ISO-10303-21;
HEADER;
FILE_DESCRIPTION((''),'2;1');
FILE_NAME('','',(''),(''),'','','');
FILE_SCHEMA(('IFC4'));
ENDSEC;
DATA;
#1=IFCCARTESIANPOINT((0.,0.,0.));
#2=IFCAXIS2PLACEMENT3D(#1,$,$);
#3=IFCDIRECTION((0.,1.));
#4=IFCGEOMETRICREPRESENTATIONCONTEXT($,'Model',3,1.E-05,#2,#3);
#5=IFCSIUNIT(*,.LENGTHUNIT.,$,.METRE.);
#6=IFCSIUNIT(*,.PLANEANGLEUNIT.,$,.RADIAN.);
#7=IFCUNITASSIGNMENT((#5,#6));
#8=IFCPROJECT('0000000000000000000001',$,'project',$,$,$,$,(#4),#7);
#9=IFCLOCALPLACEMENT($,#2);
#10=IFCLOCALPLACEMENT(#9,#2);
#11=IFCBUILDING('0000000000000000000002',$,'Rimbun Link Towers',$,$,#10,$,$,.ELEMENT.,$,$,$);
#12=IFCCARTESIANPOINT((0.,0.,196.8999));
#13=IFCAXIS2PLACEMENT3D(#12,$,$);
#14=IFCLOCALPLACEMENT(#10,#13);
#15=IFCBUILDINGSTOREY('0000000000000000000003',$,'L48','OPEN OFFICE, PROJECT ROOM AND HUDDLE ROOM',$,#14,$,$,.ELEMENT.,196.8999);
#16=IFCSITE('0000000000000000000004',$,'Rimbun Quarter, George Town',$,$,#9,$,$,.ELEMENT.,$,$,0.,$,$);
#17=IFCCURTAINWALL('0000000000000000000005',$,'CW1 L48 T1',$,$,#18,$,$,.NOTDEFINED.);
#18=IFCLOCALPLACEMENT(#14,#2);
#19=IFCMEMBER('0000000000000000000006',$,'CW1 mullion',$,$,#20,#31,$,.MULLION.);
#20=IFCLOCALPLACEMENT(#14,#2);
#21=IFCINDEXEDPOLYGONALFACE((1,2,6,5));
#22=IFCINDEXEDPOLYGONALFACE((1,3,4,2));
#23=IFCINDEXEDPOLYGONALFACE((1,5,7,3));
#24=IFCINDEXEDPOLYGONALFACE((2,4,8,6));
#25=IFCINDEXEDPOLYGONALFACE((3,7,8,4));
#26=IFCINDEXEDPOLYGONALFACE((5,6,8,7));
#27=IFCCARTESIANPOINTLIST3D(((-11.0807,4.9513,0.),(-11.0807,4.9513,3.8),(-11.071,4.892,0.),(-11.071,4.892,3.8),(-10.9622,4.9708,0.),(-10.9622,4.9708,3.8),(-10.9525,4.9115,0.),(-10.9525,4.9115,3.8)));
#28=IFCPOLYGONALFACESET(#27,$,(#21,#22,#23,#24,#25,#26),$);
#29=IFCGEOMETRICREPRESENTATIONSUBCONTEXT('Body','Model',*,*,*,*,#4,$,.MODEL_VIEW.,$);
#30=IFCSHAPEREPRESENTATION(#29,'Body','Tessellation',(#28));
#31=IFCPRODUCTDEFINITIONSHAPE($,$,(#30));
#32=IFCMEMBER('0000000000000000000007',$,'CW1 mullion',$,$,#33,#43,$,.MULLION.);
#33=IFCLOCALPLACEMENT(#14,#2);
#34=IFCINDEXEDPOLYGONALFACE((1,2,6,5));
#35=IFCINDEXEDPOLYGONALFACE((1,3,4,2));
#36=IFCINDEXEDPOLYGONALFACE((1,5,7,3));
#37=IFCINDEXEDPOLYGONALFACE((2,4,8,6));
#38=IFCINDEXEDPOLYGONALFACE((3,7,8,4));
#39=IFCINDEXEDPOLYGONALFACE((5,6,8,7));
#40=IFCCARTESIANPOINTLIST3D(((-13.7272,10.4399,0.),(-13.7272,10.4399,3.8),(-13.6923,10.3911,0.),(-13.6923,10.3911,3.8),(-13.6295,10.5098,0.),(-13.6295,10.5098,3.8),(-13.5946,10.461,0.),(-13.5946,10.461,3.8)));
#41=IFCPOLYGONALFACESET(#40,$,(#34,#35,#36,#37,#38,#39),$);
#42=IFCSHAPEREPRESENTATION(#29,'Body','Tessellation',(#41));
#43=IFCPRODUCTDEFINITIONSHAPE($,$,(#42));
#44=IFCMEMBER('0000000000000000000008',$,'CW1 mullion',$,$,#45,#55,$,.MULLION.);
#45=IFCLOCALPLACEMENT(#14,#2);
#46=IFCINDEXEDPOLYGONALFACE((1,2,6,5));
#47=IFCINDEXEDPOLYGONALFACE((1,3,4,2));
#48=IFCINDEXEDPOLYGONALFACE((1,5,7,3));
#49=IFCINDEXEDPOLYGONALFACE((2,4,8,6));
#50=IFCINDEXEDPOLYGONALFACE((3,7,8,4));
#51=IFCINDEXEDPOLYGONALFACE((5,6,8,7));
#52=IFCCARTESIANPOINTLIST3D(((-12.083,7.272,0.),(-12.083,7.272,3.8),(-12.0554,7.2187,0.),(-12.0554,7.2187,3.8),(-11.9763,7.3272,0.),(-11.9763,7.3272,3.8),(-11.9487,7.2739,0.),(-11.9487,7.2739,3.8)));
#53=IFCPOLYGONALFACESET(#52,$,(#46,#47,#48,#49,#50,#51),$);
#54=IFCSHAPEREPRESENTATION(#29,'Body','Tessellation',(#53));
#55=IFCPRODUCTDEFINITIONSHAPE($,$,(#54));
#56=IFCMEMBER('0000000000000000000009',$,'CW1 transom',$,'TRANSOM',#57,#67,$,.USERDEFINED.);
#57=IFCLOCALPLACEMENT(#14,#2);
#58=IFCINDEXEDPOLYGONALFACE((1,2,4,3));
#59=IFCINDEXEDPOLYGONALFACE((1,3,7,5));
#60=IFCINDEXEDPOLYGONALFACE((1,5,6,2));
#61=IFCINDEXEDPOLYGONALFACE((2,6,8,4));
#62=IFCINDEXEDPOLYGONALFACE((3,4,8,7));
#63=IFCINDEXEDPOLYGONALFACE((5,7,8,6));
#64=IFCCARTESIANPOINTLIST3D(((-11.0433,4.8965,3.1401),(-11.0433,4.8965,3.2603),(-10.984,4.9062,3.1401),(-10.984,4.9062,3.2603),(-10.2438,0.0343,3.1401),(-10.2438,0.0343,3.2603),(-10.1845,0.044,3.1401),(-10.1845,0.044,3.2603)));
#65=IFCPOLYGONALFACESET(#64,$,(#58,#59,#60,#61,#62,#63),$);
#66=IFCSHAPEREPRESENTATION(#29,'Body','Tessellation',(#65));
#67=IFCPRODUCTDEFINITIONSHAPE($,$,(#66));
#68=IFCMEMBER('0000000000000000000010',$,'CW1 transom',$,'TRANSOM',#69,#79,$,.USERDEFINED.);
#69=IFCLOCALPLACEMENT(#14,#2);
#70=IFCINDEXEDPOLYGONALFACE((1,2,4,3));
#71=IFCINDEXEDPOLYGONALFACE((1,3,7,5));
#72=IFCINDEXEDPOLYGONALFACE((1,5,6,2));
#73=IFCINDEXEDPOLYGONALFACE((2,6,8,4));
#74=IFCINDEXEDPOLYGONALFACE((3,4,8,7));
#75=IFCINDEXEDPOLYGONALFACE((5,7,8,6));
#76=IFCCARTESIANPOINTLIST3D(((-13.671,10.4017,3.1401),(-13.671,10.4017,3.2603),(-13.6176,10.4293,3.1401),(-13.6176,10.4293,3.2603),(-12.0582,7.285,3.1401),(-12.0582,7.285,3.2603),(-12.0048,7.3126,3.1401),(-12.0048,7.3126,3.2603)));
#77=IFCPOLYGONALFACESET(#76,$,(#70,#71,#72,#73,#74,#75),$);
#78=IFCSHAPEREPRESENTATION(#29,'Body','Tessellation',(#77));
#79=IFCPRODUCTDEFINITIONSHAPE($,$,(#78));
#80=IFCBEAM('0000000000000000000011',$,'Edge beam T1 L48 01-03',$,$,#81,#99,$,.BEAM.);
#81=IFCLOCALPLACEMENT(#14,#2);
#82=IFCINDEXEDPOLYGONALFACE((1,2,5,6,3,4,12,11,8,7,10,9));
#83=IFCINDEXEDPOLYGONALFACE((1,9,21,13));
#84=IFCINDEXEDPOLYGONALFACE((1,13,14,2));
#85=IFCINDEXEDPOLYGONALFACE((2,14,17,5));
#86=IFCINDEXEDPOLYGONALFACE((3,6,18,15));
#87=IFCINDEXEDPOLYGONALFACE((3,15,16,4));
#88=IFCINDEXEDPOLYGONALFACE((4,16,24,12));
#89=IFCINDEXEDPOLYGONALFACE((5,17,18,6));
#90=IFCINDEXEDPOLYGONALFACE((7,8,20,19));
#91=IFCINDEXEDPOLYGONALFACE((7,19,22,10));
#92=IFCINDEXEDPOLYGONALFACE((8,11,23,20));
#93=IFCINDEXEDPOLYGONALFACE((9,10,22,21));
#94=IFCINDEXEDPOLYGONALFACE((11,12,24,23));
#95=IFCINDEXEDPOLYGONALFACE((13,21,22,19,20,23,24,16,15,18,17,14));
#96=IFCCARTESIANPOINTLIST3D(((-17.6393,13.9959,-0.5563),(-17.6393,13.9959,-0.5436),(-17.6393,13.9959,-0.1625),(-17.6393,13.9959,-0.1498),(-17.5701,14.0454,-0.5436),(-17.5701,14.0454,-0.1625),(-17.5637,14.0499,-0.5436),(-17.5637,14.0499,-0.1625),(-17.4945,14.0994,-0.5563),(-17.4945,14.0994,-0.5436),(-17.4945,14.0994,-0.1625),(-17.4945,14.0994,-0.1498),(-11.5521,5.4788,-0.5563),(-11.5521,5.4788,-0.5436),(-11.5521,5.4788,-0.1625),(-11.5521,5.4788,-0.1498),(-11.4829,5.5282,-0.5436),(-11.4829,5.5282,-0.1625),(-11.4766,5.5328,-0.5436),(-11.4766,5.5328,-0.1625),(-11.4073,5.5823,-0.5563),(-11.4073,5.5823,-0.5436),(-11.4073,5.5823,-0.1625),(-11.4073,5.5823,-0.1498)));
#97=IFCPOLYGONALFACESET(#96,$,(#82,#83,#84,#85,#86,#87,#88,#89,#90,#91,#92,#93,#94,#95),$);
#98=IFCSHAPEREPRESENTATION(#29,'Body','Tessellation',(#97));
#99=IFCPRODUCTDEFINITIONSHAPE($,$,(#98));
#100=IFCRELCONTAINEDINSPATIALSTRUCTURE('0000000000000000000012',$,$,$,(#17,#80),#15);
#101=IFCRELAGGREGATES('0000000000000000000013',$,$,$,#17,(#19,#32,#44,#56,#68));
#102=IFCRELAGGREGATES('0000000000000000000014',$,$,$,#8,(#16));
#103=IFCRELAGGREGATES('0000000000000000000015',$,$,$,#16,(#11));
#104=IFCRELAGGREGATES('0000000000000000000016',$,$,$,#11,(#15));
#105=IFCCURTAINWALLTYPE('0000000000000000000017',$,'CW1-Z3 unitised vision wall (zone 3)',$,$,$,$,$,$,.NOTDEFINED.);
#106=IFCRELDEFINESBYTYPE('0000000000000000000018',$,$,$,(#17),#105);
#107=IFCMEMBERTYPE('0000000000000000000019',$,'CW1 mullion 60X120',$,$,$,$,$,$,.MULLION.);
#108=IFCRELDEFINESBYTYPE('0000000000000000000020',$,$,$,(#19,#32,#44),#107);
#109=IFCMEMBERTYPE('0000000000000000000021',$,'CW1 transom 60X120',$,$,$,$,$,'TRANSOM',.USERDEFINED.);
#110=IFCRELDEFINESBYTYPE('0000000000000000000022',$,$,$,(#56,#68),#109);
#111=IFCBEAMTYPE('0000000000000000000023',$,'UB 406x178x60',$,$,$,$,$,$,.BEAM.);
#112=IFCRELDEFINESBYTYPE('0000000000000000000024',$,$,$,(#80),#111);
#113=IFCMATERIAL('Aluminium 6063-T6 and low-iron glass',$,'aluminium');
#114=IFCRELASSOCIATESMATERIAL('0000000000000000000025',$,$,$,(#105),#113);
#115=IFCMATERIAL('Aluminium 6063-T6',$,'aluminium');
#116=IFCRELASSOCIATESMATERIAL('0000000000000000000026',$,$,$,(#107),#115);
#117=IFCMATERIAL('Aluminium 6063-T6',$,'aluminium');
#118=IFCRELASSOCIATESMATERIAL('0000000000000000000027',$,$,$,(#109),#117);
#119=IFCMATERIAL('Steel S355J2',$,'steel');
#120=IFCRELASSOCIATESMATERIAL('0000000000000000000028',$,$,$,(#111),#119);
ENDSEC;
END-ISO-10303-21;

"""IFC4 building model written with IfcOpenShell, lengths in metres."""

from ifc_helpers import new_model, si_unit, direction, frame, origin, origin_2d, place, context, subcontext, project, spatial, rectangle, i_section, extrude, material, material_profile, profile_set, type_object, element, aggregate, save


model = new_model("IFC4")

# Units and contexts
model_context = context("Model", 3, precision=1e-05, world=origin(), true_north=direction((0.0, 1.0)))
body_context = subcontext(model_context, "Body", "Model", "MODEL_VIEW")
ifc_project = project(units=[si_unit("LENGTHUNIT", "METRE"), si_unit("PLANEANGLEUNIT", "RADIAN")], contexts=[model_context])

# Site, building, storey
site_placement = place(None, origin())
site = spatial("IfcSite", under=ifc_project, at=site_placement, Name="Rimbun Quarter, George Town", CompositionType="ELEMENT", RefElevation=0.0)
building_placement = place(site_placement, origin())
building = spatial("IfcBuilding", under=site, at=building_placement, Name="Rimbun Link Towers", CompositionType="ELEMENT")
storey_placement = place(building_placement, frame((0.0, 0.0, 196.8999)))
storey = spatial("IfcBuildingStorey", under=building, at=storey_placement, Name="L48", Description="OPEN OFFICE, PROJECT ROOM AND HUDDLE ROOM", CompositionType="ELEMENT", Elevation=196.8999)

# Curtain wall, members
ifc_material_1 = material(Name="Aluminium 6063-T6 and low-iron glass", Category="aluminium")
curtain_wall_type = type_object("IfcCurtainWallType", Name="CW1-Z3 unitised vision wall (zone 3)", PredefinedType="NOTDEFINED", material=ifc_material_1)
curtain_wall_placement = place(storey_placement, origin())
curtain_wall = element("IfcCurtainWall", 1, at=curtain_wall_placement, inside=storey, type_object=curtain_wall_type, Name="CW1 L48 T1", PredefinedType="NOTDEFINED")
ifc_material_2 = material(Name="Aluminium 6063-T6", Category="aluminium")
ifc_material_profile_1 = material_profile(ifc_material_2, rectangle(XDim=0.1201, YDim=0.0601, at=origin_2d()), Name="MULLION 60X120")
ifc_profile_set_1 = profile_set([ifc_material_profile_1], Name="Aluminium 6063-T6")
member_type_1 = type_object("IfcMemberType", Name="CW1 mullion 60X120", PredefinedType="MULLION", material=ifc_profile_set_1)
member_1_placement = place(storey_placement, frame((-11.0166, 4.9314, 0.0), z_axis=(0.0, 0.0, 1.0), x_axis=(0.98675, 0.162251, 0.0)))
member_1 = element("IfcMember", 2, at=member_1_placement, type_object=member_type_1, Name="CW1 mullion", PredefinedType="MULLION", context=body_context, shape_type="SweptSolid", body=[
    extrude(rectangle(XDim=0.1201, YDim=0.0601, at=origin_2d()), origin(), (0.0, 0.0, 1.0), 3.8),
])
member_2_placement = place(storey_placement, frame((-13.6609, 10.4504, 0.0), z_axis=(0.0, 0.0, 1.0), x_axis=(0.813351, 0.581774, 0.0)))
member_2 = element("IfcMember", 3, at=member_2_placement, type_object=member_type_1, Name="CW1 mullion", PredefinedType="MULLION", context=body_context, shape_type="SweptSolid", body=[
    extrude(rectangle(XDim=0.1201, YDim=0.0601, at=origin_2d()), origin(), (0.0, 0.0, 1.0), 3.8),
])
member_3_placement = place(storey_placement, frame((-12.0159, 7.2729, 0.0), z_axis=(0.0, 0.0, 1.0), x_axis=(0.888145, 0.459563, 0.0)))
member_3 = element("IfcMember", 4, at=member_3_placement, type_object=member_type_1, Name="CW1 mullion", PredefinedType="MULLION", context=body_context, shape_type="SweptSolid", body=[
    extrude(rectangle(XDim=0.1201, YDim=0.0601, at=origin_2d()), origin(), (0.0, 0.0, 1.0), 3.8),
])
ifc_material_3 = material(Name="Aluminium 6063-T6", Category="aluminium")
ifc_material_profile_2 = material_profile(ifc_material_3, rectangle(XDim=0.0601, YDim=0.1201, at=origin_2d()), Name="TRANSOM 60X120")
ifc_profile_set_2 = profile_set([ifc_material_profile_2], Name="Aluminium 6063-T6")
member_type_2 = type_object("IfcMemberType", Name="CW1 transom 60X120", ElementType="TRANSOM", PredefinedType="USERDEFINED", material=ifc_profile_set_2)
member_4_placement = place(storey_placement, frame((-11.0137, 4.9014, 3.2002), z_axis=(0.162261, -0.986748, 0.0), x_axis=(0.986748, 0.162261, 0.0)))
member_4 = element("IfcMember", 5, at=member_4_placement, type_object=member_type_2, Name="CW1 transom", ObjectType="TRANSOM", PredefinedType="USERDEFINED", context=body_context, shape_type="SweptSolid", body=[
    extrude(rectangle(XDim=0.0601, YDim=0.1201, at=origin_2d()), origin(), (0.0, 0.0, 1.0), 4.9275),
])
member_5_placement = place(storey_placement, frame((-13.6443, 10.4155, 3.2002), z_axis=(0.459582, -0.888135, 0.0), x_axis=(0.888135, 0.459582, 0.0)))
member_5 = element("IfcMember", 6, at=member_5_placement, type_object=member_type_2, Name="CW1 transom", ObjectType="TRANSOM", PredefinedType="USERDEFINED", context=body_context, shape_type="SweptSolid", body=[
    extrude(rectangle(XDim=0.0601, YDim=0.1201, at=origin_2d()), origin(), (0.0, 0.0, 1.0), 3.5093),
])

# Beam
ifc_material_4 = material(Name="Steel S355J2", Category="steel")
ifc_material_profile_3 = material_profile(ifc_material_4, i_section(OverallWidth=0.178, OverallDepth=0.4065, WebThickness=0.0078, FlangeThickness=0.0127, at=origin_2d()), Name="UB 406x178x60")
ifc_profile_set_3 = profile_set([ifc_material_profile_3], Name="Steel S355J2")
beam_type = type_object("IfcBeamType", Name="UB 406x178x60", PredefinedType="BEAM", material=ifc_profile_set_3)
beam_placement = place(storey_placement, frame((-11.4797, 5.5305, -0.353), z_axis=(-0.581461, 0.813574, 0.0), x_axis=(-0.813574, -0.581461, 0.0)))
element("IfcBeam", 7, at=beam_placement, inside=storey, type_object=beam_type, Name="Edge beam T1 L48 01-03", PredefinedType="BEAM", context=body_context, shape_type="SweptSolid", body=[
    extrude(i_section(OverallWidth=0.178, OverallDepth=0.4065, WebThickness=0.0078, FlangeThickness=0.0127, at=origin_2d()), origin(), (0.0, 0.0, 1.0), 10.4688),
])

aggregate(curtain_wall, [member_1, member_2, member_3, member_4, member_5])

save(model, "model.ifc")
